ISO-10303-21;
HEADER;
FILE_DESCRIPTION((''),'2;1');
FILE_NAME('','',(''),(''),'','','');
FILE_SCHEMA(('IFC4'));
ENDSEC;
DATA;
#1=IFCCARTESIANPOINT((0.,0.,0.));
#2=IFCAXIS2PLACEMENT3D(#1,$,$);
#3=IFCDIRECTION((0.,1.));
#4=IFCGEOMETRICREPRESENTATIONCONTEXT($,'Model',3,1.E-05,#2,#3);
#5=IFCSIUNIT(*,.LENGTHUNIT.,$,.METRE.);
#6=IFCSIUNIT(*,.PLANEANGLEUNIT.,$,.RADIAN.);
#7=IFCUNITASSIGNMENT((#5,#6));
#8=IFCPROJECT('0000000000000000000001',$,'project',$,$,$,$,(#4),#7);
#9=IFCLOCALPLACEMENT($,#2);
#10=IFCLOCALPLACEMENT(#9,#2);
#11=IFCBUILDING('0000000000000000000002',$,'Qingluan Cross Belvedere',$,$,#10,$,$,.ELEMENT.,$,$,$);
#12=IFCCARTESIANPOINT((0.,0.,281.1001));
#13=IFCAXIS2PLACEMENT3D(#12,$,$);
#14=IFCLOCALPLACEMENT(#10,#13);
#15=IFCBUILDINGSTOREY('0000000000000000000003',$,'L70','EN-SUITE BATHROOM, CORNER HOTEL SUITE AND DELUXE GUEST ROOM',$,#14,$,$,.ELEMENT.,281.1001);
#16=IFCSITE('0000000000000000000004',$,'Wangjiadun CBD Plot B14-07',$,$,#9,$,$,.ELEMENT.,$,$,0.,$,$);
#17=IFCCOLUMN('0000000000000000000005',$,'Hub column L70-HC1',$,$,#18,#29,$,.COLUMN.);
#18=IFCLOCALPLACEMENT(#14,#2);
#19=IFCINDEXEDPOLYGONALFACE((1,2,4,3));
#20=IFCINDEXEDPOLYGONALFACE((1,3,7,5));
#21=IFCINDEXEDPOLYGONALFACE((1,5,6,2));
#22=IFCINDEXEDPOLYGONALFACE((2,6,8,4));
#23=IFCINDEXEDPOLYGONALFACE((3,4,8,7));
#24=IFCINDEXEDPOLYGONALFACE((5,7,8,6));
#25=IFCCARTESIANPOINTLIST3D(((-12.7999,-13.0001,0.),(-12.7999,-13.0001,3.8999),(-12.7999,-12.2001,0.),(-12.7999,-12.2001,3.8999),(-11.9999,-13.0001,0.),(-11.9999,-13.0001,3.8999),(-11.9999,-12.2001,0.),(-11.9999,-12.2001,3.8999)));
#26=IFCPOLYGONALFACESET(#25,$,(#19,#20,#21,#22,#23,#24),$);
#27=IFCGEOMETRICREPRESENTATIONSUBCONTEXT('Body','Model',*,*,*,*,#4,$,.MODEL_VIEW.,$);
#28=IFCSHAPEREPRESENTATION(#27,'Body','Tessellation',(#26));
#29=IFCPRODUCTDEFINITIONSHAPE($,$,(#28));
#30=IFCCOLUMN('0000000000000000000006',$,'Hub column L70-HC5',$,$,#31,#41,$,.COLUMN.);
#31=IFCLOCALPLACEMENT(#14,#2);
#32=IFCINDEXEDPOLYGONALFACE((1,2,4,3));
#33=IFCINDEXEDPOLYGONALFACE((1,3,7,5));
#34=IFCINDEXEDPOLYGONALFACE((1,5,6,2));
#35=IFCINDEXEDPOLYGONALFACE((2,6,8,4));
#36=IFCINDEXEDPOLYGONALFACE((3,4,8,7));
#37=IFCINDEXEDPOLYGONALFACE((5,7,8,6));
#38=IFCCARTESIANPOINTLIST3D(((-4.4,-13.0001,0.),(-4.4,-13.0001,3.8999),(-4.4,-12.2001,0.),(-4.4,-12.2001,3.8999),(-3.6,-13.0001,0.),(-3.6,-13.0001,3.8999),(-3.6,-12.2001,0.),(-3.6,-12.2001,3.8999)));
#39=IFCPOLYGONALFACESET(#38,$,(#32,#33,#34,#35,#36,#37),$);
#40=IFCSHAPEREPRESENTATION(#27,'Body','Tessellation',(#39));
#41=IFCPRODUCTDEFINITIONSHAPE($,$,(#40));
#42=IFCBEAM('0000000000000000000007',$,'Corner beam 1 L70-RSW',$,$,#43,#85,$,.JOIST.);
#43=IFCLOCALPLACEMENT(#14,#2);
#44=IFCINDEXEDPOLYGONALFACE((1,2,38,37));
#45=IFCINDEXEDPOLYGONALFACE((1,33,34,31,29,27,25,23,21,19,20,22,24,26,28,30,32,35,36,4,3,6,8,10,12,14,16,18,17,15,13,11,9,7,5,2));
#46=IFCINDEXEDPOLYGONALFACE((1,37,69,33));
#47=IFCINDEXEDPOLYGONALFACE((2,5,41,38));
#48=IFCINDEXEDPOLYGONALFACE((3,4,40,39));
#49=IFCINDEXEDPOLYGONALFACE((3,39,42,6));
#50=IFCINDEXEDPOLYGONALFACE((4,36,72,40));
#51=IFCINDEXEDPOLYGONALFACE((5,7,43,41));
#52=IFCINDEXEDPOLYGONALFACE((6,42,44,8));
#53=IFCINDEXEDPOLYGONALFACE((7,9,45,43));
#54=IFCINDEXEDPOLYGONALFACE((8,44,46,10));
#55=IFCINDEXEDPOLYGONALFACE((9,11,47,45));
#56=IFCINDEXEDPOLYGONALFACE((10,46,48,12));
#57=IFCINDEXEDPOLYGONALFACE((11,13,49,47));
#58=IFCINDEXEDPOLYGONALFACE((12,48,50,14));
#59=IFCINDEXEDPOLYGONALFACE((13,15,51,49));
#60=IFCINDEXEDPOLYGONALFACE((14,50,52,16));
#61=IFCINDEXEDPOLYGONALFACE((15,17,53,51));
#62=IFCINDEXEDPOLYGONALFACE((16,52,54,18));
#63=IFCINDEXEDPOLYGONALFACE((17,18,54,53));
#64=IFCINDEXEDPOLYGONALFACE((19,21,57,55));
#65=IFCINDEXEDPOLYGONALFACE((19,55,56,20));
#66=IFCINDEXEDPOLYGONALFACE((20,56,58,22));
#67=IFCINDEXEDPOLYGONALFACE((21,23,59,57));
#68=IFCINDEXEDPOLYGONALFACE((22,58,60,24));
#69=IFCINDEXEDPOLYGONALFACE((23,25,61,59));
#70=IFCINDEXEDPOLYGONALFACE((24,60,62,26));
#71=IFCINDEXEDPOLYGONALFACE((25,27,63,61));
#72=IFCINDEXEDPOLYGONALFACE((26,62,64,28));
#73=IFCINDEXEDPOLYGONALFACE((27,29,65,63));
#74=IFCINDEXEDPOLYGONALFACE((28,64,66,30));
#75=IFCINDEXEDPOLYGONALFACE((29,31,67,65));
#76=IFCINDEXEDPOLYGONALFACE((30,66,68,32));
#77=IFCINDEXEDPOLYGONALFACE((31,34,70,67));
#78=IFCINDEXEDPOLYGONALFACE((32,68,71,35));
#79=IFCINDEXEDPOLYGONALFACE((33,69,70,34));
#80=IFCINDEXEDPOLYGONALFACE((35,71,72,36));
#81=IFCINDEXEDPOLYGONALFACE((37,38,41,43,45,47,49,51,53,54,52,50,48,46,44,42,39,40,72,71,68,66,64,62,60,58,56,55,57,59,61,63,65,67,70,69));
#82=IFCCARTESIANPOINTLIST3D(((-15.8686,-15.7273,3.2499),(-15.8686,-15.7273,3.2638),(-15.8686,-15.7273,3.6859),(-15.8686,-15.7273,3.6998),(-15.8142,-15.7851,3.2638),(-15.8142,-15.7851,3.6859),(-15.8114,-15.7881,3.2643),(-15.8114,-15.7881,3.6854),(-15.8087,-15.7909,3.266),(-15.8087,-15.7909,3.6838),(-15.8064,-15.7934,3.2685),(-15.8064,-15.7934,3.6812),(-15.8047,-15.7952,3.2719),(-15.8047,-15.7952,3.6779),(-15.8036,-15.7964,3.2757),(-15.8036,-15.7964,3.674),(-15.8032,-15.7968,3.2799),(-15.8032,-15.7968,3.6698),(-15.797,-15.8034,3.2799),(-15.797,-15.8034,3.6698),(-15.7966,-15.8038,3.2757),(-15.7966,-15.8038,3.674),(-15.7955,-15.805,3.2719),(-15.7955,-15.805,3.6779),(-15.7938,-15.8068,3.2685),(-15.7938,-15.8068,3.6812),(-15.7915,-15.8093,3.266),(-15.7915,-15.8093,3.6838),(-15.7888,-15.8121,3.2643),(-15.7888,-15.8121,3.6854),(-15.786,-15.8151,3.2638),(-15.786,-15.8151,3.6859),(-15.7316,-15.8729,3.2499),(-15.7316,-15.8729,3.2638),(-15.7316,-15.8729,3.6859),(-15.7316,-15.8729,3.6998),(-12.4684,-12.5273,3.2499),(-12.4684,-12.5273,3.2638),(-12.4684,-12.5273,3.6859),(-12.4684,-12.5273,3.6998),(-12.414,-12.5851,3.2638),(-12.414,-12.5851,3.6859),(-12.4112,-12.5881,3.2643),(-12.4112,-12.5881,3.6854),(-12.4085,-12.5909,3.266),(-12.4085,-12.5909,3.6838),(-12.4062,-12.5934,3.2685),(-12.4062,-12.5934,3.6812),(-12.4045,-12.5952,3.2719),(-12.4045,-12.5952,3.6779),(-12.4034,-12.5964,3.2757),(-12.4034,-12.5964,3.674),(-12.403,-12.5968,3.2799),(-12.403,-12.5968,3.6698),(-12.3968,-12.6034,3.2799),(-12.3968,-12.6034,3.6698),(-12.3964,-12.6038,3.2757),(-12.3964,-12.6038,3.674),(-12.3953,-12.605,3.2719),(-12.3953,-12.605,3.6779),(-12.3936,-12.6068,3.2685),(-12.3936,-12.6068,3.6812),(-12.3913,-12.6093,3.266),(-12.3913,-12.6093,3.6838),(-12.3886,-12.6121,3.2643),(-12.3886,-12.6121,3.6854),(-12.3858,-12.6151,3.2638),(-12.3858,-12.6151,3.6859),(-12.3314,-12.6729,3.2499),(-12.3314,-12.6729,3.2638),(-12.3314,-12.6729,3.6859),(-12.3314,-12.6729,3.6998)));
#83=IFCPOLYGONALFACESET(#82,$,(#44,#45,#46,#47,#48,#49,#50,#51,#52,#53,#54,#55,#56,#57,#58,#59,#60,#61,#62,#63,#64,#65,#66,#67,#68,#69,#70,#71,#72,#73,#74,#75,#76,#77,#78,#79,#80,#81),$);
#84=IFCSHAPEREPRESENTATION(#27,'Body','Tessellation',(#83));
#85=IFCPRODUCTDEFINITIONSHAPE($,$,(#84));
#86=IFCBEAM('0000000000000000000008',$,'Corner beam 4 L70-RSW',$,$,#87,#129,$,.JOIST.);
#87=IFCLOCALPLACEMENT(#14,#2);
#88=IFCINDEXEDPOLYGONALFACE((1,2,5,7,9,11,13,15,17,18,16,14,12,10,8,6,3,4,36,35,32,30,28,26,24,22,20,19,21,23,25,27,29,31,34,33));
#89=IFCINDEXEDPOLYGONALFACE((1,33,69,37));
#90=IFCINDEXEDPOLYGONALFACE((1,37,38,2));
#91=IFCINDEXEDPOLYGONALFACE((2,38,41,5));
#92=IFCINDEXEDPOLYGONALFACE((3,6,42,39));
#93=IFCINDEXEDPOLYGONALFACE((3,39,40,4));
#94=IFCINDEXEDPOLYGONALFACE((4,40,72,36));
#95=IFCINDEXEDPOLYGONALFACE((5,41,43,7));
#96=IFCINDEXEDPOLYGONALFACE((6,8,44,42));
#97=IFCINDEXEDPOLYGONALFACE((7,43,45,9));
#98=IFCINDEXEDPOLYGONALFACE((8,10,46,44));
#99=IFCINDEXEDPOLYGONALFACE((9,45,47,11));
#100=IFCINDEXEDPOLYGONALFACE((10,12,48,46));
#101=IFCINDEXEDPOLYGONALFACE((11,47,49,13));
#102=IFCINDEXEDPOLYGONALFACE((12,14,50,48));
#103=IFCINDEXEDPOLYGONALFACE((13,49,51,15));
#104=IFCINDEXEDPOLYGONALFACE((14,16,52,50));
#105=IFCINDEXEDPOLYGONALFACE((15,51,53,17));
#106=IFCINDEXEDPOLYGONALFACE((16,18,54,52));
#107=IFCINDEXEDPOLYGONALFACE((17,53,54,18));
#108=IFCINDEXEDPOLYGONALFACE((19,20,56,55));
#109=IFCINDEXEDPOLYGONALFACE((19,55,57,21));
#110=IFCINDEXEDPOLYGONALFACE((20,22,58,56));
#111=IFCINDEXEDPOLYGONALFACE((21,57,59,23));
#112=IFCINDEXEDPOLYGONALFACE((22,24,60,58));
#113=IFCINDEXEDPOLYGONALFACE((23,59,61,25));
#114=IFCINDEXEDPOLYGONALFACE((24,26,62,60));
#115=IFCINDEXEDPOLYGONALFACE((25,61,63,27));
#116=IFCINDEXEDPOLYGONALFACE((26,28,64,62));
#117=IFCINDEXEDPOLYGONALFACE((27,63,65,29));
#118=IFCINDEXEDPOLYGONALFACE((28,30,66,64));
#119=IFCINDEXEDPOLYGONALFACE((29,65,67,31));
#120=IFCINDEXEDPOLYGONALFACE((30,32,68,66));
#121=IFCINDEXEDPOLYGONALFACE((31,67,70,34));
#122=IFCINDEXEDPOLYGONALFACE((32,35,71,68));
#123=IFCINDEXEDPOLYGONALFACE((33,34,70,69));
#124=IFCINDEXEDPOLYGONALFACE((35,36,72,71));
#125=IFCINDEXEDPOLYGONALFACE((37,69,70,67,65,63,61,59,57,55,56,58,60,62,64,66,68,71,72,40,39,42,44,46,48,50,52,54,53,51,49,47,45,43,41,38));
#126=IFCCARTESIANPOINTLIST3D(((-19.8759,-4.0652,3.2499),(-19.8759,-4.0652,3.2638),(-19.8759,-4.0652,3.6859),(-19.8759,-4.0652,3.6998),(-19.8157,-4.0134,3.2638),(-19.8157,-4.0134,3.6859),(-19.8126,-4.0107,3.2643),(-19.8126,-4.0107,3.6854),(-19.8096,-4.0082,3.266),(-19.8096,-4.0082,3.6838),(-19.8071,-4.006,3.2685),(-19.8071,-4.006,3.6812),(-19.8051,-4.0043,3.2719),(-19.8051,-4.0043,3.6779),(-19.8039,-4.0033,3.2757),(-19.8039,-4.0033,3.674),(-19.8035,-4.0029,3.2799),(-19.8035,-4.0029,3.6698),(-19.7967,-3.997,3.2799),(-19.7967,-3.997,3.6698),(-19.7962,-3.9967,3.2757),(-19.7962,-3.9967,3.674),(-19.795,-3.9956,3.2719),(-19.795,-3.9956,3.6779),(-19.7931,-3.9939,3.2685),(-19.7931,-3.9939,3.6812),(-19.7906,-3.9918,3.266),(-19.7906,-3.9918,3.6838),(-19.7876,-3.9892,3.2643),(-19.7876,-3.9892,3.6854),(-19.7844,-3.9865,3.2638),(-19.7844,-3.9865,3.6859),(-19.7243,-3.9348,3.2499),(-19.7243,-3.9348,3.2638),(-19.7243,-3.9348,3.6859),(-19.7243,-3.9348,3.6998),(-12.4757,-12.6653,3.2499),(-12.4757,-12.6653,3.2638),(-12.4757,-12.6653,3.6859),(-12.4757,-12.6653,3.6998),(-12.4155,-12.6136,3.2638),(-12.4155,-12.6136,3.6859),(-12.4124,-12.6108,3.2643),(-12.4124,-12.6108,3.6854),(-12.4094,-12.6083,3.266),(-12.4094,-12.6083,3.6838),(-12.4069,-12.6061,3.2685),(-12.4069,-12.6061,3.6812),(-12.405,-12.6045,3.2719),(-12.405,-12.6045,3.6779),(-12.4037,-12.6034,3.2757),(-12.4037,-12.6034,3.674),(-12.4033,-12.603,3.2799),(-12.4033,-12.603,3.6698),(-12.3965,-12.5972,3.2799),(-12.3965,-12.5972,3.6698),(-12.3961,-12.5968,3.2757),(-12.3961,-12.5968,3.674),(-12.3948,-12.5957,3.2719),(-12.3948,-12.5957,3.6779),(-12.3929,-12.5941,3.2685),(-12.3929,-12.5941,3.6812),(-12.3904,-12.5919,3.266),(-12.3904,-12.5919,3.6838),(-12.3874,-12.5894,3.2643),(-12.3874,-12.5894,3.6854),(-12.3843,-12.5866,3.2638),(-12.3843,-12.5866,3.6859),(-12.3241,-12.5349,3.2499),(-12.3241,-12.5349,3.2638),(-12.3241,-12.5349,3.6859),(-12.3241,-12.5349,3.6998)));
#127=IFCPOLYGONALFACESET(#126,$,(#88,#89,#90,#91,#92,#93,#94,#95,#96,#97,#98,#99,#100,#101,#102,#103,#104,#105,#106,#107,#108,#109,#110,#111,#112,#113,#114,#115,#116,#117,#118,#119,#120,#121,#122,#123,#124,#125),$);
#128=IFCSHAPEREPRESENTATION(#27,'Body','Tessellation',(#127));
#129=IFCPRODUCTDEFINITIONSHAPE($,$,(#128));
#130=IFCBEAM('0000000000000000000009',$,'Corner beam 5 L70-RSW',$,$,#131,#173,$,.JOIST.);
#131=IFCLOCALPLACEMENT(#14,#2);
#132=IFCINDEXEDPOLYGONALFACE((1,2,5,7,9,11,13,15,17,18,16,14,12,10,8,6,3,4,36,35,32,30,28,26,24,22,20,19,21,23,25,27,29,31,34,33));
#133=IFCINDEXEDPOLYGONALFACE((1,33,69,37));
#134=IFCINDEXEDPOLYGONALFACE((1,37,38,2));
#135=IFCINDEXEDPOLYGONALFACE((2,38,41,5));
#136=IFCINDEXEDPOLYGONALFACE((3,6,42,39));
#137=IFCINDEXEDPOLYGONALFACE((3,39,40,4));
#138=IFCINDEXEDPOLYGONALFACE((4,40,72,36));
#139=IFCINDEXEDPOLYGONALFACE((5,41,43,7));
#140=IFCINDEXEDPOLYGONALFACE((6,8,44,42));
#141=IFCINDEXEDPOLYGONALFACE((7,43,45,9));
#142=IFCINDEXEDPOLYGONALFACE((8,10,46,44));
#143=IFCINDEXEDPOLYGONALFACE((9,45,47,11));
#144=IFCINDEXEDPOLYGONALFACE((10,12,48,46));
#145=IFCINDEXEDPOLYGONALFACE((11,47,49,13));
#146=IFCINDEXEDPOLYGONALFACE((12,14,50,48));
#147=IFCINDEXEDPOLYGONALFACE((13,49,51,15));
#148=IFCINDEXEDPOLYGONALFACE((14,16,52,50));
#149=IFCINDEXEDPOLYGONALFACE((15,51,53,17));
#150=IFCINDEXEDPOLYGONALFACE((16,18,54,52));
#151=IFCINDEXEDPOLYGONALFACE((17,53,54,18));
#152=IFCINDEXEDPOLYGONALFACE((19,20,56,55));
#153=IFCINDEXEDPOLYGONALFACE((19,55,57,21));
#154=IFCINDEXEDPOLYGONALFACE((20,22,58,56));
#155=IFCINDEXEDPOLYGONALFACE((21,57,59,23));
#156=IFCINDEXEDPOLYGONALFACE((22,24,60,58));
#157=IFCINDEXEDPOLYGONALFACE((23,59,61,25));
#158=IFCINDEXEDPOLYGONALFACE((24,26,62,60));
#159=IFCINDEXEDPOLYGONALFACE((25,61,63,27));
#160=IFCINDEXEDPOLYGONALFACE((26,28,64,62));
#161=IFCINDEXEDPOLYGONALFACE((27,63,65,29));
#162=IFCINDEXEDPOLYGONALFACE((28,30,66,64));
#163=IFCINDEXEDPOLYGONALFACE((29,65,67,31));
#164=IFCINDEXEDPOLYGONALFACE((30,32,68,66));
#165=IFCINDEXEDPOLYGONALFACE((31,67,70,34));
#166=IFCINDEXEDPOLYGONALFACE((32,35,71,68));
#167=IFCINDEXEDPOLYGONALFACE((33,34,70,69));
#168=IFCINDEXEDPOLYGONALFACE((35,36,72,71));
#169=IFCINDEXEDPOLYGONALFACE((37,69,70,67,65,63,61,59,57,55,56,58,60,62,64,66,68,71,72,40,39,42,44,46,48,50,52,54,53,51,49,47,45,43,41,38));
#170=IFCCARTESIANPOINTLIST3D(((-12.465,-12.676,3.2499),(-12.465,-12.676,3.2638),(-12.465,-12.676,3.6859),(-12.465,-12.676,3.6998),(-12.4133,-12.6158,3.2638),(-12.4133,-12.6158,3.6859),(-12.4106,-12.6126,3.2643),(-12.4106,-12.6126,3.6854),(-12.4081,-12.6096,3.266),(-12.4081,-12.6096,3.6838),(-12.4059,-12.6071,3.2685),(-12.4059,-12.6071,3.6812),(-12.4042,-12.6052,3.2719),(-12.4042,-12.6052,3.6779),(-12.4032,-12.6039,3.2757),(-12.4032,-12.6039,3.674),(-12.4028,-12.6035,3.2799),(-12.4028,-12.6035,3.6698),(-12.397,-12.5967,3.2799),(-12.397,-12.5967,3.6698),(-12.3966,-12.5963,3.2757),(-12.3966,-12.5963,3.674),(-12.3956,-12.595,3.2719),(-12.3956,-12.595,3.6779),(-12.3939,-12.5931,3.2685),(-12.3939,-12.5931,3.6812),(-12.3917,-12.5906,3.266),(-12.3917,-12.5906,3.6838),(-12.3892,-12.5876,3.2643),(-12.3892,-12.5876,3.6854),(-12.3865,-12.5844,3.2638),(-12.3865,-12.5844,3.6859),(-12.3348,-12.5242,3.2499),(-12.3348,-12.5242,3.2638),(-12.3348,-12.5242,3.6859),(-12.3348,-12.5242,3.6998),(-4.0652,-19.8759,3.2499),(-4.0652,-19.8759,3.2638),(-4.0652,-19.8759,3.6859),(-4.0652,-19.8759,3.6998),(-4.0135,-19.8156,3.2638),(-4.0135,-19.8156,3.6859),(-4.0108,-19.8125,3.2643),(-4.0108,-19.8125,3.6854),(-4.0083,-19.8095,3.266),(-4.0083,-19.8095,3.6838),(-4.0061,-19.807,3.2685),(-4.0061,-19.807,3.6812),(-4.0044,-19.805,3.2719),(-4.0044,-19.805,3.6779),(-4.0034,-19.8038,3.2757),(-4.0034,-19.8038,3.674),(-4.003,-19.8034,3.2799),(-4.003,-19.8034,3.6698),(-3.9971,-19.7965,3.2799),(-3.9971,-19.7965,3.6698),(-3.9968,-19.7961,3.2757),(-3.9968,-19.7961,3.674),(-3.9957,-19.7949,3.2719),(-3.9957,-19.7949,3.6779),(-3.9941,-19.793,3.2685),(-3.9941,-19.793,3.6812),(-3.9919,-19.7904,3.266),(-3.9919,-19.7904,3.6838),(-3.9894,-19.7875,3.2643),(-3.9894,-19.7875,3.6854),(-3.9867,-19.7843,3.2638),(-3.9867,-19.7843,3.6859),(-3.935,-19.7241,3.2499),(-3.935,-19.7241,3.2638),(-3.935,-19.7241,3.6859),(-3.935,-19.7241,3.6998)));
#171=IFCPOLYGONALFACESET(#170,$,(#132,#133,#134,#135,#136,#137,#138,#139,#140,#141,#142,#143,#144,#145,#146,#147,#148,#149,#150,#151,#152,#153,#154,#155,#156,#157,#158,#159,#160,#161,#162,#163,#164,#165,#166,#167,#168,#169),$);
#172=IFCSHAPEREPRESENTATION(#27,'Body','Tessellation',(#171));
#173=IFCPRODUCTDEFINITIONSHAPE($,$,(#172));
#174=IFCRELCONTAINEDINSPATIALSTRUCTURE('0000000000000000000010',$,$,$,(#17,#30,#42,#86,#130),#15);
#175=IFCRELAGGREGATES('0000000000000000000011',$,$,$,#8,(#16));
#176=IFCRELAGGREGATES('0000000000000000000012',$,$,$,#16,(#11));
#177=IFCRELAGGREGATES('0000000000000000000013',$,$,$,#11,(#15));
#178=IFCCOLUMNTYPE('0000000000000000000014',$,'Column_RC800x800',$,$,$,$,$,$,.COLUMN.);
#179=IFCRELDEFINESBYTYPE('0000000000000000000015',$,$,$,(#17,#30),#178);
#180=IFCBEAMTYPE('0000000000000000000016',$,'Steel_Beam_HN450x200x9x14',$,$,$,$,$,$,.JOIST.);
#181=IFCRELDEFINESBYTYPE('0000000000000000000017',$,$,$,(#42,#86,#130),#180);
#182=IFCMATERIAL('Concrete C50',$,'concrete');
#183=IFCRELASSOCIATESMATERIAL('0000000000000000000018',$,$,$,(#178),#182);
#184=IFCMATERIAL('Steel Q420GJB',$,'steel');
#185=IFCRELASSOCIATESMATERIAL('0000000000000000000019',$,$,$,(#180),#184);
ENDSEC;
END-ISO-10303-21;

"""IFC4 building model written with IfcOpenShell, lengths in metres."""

from ifc_helpers import new_model, si_unit, direction, frame, origin, origin_2d, place, context, subcontext, project, spatial, rectangle, i_section, extrude, material, material_profile, profile_set, type_object, element, save


model = new_model("IFC4")

# Units and contexts
model_context = context("Model", 3, precision=1e-05, world=origin(), true_north=direction((0.0, 1.0)))
body_context = subcontext(model_context, "Body", "Model", "MODEL_VIEW")
ifc_project = project(units=[si_unit("LENGTHUNIT", "METRE"), si_unit("PLANEANGLEUNIT", "RADIAN")], contexts=[model_context])

# Site, building, storey
site_placement = place(None, origin())
site = spatial("IfcSite", under=ifc_project, at=site_placement, Name="Wangjiadun CBD Plot B14-07", CompositionType="ELEMENT", RefElevation=0.0)
building_placement = place(site_placement, origin())
building = spatial("IfcBuilding", under=site, at=building_placement, Name="Qingluan Cross Belvedere", CompositionType="ELEMENT")
storey_placement = place(building_placement, frame((0.0, 0.0, 281.1001)))
storey = spatial("IfcBuildingStorey", under=building, at=storey_placement, Name="L70", Description="EN-SUITE BATHROOM, CORNER HOTEL SUITE AND DELUXE GUEST ROOM", CompositionType="ELEMENT", Elevation=281.1001)

# Columns
ifc_material_1 = material(Name="Concrete C50", Category="concrete")
ifc_material_profile_1 = material_profile(ifc_material_1, rectangle(XDim=0.8, YDim=0.8, at=origin_2d()), Name="RC800x800")
ifc_profile_set_1 = profile_set([ifc_material_profile_1], Name="Concrete C50")
column_type = type_object("IfcColumnType", Name="Column_RC800x800", PredefinedType="COLUMN", material=ifc_profile_set_1)
for number, where, z_axis, x_axis, name in (
    (1, (-12.3999, -12.6001, 0.0), (0.0, 0.0, 1.0), (1.0, 0.0, 0.0), "Hub column L70-HC1"),
    (2, (-4.0, -12.6001, 0.0), (0.0, 0.0, 1.0), (1.0, 0.0, 0.0), "Hub column L70-HC5"),
):
    element("IfcColumn", number, at=place(storey_placement, frame(where, z_axis=z_axis, x_axis=x_axis)), inside=storey, type_object=column_type, Name=name, PredefinedType="COLUMN", context=body_context, shape_type="SweptSolid", body=[
        extrude(rectangle(XDim=0.8, YDim=0.8, at=origin_2d()), origin(), (0.0, 0.0, 1.0), 3.8999),
    ])

# Beams
ifc_material_2 = material(Name="Steel Q420GJB", Category="steel")
ifc_material_profile_2 = material_profile(ifc_material_2, i_section(OverallWidth=0.2, OverallDepth=0.45, WebThickness=0.009, FlangeThickness=0.0139, FilletRadius=0.0161, at=origin_2d()), Name="HN450x200x9x14")
ifc_profile_set_2 = profile_set([ifc_material_profile_2], Name="Steel Q420GJB")
beam_type_1 = type_object("IfcBeamType", Name="Steel_Beam_HN450x200x9x14", PredefinedType="JOIST", material=ifc_profile_set_2)
beam_1_placement = place(storey_placement, frame((-12.3999, -12.6001, 3.4749), z_axis=(-0.72822, -0.685343, 0.0), x_axis=(0.685343, -0.72822, 0.0)))
element("IfcBeam", 3, at=beam_1_placement, inside=storey, type_object=beam_type_1, Name="Corner beam 1 L70-RSW", PredefinedType="JOIST", context=body_context, shape_type="SweptSolid", body=[
    extrude(i_section(OverallWidth=0.2, OverallDepth=0.45, WebThickness=0.009, FlangeThickness=0.0139, FilletRadius=0.0161, at=origin_2d()), origin(), (0.0, 0.0, 1.0), 4.6692),
])
beam_2_placement = place(storey_placement, frame((-12.3999, -12.6001, 3.4749), z_axis=(-0.652245, 0.758008, 0.0), x_axis=(-0.758008, -0.652245, 0.0)))
element("IfcBeam", 4, at=beam_2_placement, inside=storey, type_object=beam_type_1, Name="Corner beam 4 L70-RSW", PredefinedType="JOIST", context=body_context, shape_type="SweptSolid", body=[
    extrude(i_section(OverallWidth=0.2, OverallDepth=0.45, WebThickness=0.009, FlangeThickness=0.0139, FilletRadius=0.0161, at=origin_2d()), origin(), (0.0, 0.0, 1.0), 11.3457),
])
beam_3_placement = place(storey_placement, frame((-12.3999, -12.6001, 3.4749), z_axis=(0.759255, -0.650793, 0.0), x_axis=(0.650793, 0.759255, 0.0)))
element("IfcBeam", 5, at=beam_3_placement, inside=storey, type_object=beam_type_1, Name="Corner beam 5 L70-RSW", PredefinedType="JOIST", context=body_context, shape_type="SweptSolid", body=[
    extrude(i_section(OverallWidth=0.2, OverallDepth=0.45, WebThickness=0.009, FlangeThickness=0.0139, FilletRadius=0.0161, at=origin_2d()), origin(), (0.0, 0.0, 1.0), 11.0632),
])

save(model, "model.ifc")
